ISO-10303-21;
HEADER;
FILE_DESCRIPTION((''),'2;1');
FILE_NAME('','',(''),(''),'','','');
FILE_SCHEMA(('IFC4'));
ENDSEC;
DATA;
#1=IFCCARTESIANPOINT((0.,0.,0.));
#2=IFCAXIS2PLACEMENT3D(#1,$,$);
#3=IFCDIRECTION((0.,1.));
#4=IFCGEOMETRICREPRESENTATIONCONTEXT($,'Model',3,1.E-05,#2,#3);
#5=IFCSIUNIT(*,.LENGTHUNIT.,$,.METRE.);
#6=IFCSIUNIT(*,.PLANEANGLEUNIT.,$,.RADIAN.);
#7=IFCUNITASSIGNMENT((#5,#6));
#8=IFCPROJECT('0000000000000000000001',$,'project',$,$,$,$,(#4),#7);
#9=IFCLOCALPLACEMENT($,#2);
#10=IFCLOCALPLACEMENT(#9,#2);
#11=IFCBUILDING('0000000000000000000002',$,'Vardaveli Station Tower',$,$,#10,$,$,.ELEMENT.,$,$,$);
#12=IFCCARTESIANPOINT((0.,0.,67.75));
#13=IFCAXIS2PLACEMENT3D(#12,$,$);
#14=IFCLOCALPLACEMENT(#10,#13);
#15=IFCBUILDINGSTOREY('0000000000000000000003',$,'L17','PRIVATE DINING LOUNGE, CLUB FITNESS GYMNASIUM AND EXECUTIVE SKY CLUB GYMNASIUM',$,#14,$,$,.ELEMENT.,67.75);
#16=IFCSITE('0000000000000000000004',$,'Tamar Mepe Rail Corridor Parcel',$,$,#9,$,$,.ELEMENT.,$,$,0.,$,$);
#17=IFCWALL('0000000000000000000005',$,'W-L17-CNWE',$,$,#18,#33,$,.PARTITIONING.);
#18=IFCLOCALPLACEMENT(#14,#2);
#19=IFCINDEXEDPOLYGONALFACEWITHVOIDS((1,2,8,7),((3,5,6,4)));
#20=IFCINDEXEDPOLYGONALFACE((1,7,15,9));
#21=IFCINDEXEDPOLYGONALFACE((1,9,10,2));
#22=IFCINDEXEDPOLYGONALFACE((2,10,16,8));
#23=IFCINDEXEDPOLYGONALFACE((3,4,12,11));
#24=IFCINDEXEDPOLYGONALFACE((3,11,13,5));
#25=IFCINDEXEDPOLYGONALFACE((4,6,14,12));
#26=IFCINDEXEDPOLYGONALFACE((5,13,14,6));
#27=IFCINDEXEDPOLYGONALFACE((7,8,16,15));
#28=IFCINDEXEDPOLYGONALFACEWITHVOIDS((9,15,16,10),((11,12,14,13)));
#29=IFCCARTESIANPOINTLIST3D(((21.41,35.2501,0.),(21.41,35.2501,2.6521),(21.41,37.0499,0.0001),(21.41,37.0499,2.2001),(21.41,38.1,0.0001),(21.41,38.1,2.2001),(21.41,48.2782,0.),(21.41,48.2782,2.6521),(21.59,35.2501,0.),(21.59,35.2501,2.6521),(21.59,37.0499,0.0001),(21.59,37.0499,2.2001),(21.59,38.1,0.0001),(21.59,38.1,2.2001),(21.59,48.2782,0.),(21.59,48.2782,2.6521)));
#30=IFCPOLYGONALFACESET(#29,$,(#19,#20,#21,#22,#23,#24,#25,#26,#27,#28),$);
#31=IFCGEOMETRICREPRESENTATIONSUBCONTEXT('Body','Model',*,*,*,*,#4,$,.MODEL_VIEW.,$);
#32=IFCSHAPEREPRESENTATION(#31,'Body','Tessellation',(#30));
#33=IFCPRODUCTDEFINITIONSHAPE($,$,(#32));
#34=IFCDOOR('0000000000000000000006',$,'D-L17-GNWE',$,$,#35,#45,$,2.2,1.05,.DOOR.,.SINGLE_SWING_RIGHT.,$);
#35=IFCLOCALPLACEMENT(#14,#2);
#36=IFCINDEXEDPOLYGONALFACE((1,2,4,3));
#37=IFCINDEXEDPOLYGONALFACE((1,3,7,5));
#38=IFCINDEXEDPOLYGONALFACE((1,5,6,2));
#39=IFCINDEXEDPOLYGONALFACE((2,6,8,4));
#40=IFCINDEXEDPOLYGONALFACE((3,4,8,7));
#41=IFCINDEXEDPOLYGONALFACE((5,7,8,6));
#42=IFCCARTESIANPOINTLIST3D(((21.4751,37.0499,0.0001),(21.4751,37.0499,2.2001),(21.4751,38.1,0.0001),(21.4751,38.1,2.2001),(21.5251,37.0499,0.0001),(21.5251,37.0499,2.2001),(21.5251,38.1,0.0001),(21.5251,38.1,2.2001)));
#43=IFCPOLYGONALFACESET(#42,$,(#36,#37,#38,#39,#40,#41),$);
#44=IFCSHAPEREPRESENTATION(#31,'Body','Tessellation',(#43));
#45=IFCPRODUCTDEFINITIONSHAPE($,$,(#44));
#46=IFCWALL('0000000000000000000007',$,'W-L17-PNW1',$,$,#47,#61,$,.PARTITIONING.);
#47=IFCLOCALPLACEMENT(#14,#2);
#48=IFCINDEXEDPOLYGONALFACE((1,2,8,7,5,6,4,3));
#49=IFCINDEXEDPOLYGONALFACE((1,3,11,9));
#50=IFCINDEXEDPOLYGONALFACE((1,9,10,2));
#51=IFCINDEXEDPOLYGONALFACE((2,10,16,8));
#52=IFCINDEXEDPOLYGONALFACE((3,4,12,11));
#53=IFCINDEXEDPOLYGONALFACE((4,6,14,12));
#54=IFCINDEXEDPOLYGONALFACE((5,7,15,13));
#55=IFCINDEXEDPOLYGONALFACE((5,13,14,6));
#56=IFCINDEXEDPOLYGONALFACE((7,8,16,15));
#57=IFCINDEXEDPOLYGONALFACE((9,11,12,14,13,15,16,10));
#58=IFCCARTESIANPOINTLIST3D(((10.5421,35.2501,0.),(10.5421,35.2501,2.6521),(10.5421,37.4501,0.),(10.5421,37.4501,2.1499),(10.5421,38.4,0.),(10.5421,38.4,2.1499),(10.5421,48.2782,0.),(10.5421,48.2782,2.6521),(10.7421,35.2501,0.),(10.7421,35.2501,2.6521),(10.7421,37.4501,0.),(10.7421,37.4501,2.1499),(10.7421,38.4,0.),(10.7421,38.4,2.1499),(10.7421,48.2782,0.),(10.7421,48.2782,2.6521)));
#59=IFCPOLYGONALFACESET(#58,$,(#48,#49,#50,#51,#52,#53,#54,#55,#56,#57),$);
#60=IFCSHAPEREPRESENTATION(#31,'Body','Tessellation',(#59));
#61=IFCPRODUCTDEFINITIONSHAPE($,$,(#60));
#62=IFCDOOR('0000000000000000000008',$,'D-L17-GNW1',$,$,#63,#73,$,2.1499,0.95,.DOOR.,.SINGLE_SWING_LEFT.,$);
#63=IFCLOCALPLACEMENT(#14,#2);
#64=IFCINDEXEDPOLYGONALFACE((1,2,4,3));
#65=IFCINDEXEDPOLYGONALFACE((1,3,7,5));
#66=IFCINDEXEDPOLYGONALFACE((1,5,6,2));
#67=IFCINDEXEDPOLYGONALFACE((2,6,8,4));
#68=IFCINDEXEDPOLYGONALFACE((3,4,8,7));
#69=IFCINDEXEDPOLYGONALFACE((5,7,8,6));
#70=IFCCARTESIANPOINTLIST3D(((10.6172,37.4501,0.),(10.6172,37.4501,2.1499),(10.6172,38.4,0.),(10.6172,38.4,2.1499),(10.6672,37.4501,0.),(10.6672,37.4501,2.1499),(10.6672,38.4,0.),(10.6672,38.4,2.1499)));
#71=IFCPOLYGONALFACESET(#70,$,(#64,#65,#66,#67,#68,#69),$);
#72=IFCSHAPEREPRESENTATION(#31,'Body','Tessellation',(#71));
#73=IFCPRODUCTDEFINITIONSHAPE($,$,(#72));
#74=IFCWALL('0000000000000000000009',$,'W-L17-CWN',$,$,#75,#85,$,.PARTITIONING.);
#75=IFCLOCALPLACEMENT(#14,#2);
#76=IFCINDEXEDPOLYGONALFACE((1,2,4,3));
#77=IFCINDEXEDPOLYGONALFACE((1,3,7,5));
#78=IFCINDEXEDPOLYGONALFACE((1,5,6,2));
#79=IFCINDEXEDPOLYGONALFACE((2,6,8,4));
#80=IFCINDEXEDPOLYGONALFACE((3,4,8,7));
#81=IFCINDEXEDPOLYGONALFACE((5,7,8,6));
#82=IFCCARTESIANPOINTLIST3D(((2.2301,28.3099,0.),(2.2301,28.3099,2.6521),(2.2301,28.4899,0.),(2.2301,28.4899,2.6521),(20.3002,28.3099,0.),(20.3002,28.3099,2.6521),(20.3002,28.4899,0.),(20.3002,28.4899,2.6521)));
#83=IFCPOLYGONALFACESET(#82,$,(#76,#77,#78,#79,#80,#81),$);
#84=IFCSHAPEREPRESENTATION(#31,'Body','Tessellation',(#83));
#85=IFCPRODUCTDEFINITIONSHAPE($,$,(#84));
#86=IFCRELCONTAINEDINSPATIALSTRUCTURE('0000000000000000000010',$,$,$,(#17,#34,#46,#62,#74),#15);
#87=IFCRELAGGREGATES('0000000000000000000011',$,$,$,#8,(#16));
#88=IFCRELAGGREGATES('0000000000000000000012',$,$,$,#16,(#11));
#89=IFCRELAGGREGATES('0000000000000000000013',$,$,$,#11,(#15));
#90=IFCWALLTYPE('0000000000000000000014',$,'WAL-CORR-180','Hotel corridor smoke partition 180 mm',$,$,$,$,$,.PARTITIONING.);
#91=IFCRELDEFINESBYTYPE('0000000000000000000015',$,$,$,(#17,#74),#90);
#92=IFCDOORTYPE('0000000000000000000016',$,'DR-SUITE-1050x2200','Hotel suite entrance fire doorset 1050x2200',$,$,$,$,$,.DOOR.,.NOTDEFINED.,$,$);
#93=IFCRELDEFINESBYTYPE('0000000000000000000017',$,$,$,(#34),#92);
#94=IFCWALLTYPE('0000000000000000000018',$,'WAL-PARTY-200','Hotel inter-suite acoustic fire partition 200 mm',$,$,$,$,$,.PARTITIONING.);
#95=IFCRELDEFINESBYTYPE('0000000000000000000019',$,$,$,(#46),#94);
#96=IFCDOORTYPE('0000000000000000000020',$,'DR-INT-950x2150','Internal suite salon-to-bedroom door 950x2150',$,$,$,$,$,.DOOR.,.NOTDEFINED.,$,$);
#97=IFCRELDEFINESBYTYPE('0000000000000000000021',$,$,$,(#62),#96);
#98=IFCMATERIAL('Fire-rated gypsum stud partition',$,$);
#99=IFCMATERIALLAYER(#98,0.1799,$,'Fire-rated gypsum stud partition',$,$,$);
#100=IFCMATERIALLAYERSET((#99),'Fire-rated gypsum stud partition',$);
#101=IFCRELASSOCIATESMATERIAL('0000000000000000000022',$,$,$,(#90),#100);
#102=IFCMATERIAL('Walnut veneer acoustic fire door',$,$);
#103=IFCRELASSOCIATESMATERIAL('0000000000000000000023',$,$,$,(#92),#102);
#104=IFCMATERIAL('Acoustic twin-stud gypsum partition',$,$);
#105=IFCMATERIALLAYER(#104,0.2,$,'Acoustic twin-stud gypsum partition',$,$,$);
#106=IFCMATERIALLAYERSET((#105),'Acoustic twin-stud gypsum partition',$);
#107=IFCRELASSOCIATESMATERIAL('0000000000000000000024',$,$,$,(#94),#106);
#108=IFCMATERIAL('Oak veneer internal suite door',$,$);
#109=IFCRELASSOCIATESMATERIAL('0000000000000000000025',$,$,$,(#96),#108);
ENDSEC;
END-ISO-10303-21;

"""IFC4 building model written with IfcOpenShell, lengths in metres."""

from ifc_helpers import new_model, si_unit, direction, frame, frame_2d, origin, place, context, subcontext, project, spatial, rectangle, extrude, source, transform, mapped, material, layer, layer_set, type_object, element, fill, save


model = new_model("IFC4")

# Units and contexts
model_context = context("Model", 3, precision=1e-05, world=origin(), true_north=direction((0.0, 1.0)))
body_context = subcontext(model_context, "Body", "Model", "MODEL_VIEW")
ifc_project = project(units=[si_unit("LENGTHUNIT", "METRE"), si_unit("PLANEANGLEUNIT", "RADIAN")], contexts=[model_context])

# Site, building, storey
site_placement = place(None, origin())
site = spatial("IfcSite", under=ifc_project, at=site_placement, Name="Tamar Mepe Rail Corridor Parcel", CompositionType="ELEMENT", RefElevation=0.0)
building_placement = place(site_placement, origin())
building = spatial("IfcBuilding", under=site, at=building_placement, Name="Vardaveli Station Tower", CompositionType="ELEMENT")
storey_placement = place(building_placement, frame((0.0, 0.0, 67.75)))
storey = spatial("IfcBuildingStorey", under=building, at=storey_placement, Name="L17", Description="PRIVATE DINING LOUNGE, CLUB FITNESS GYMNASIUM AND EXECUTIVE SKY CLUB GYMNASIUM", CompositionType="ELEMENT", Elevation=67.75)

# Walls, openings, doors
ifc_material_1 = material(Name="Fire-rated gypsum stud partition")
ifc_layer_1 = layer(ifc_material_1, 0.1799, Name="Fire-rated gypsum stud partition")
ifc_layer_set_1 = layer_set([ifc_layer_1], Name="Fire-rated gypsum stud partition")
wall_type_1 = type_object("IfcWallType", Name="WAL-CORR-180", Description="Hotel corridor smoke partition 180 mm", PredefinedType="PARTITIONING", material=ifc_layer_set_1)
shared_shape_1 = source(origin(), body_context, "Body", "SweptSolid", [
    extrude(rectangle(XDim=1.05, YDim=2.2, at=frame_2d((0.5249, 1.1001))), frame((0.0, 0.1001, 0.0), z_axis=(0.0, -1.0, 0.0), x_axis=(1.0, 0.0, 0.0)), (0.0, 0.0, 1.0), 0.2),
])
ifc_material_2 = material(Name="Walnut veneer acoustic fire door")
door_type_1 = type_object("IfcDoorType", Name="DR-SUITE-1050x2200", Description="Hotel suite entrance fire doorset 1050x2200", OperationType="NOTDEFINED", PredefinedType="DOOR", material=ifc_material_2)
shared_shape_2 = source(origin(), body_context, "Body", "SweptSolid", [
    extrude(rectangle(XDim=1.05, YDim=2.2, at=frame_2d((0.5249, 1.1001))), frame((0.0, 0.0249, 0.0), z_axis=(0.0, -1.0, 0.0), x_axis=(1.0, 0.0, 0.0)), (0.0, 0.0, 1.0), 0.05),
])
shared_shape_3 = source(origin(), body_context, "Body", "SweptSolid", [
    extrude(rectangle(XDim=13.0281, YDim=0.1799, at=frame_2d((6.5142, 0.0))), origin(), (0.0, 0.0, 1.0), 2.6521),
])
wall_1_placement = place(storey_placement, frame((21.5, 35.25, 0.0), z_axis=(0.0, 0.0, 1.0), x_axis=(0.0, 1.0, 0.0)))
wall_1 = element("IfcWall", 1, at=wall_1_placement, inside=storey, type_object=wall_type_1, Name="W-L17-CNWE", PredefinedType="PARTITIONING", context=body_context, shape_type="MappedRepresentation", body=[
    mapped(shared_shape_3, transform((0.0, 0.0, 0.0), scale=1.0)),
])
opening_1_placement = place(wall_1_placement, frame((1.8, 0.0, 0.0)))
opening_1 = element("IfcOpeningElement", 2, at=opening_1_placement, cuts=wall_1, PredefinedType="OPENING", context=body_context, shape_type="MappedRepresentation", body=[
    mapped(shared_shape_1, transform((0.0, 0.0, 0.0), scale=1.0)),
])
door_1_placement = place(opening_1_placement, origin())
door_1 = element("IfcDoor", 3, at=door_1_placement, inside=storey, type_object=door_type_1, Name="D-L17-GNWE", OperationType="SINGLE_SWING_RIGHT", OverallHeight=2.2, OverallWidth=1.05, PredefinedType="DOOR", context=body_context, shape_type="MappedRepresentation", body=[
    mapped(shared_shape_2, transform((0.0, 0.0, 0.0), scale=1.0)),
])
fill(opening_1, door_1)
ifc_material_3 = material(Name="Acoustic twin-stud gypsum partition")
ifc_layer_2 = layer(ifc_material_3, 0.2, Name="Acoustic twin-stud gypsum partition")
ifc_layer_set_2 = layer_set([ifc_layer_2], Name="Acoustic twin-stud gypsum partition")
wall_type_2 = type_object("IfcWallType", Name="WAL-PARTY-200", Description="Hotel inter-suite acoustic fire partition 200 mm", PredefinedType="PARTITIONING", material=ifc_layer_set_2)
shared_shape_4 = source(origin(), body_context, "Body", "SweptSolid", [
    extrude(rectangle(XDim=13.0281, YDim=0.2, at=frame_2d((6.5142, 0.0))), origin(), (0.0, 0.0, 1.0), 2.6521),
])
wall_2_placement = place(storey_placement, frame((10.6421, 35.25, 0.0), z_axis=(0.0, 0.0, 1.0), x_axis=(0.0, 1.0, 0.0)))
wall_2 = element("IfcWall", 4, at=wall_2_placement, inside=storey, type_object=wall_type_2, Name="W-L17-PNW1", PredefinedType="PARTITIONING", context=body_context, shape_type="MappedRepresentation", body=[
    mapped(shared_shape_4, transform((0.0, 0.0, 0.0), scale=1.0)),
])
shared_shape_5 = source(origin(), body_context, "Body", "SweptSolid", [
    extrude(rectangle(XDim=0.95, YDim=2.1499, at=frame_2d((0.4751, 1.075))), frame((0.0, 0.1099, 0.0), z_axis=(0.0, -1.0, 0.0), x_axis=(1.0, 0.0, 0.0)), (0.0, 0.0, 1.0), 0.22),
])
opening_2_placement = place(wall_2_placement, frame((2.2, 0.0, 0.0)))
opening_2 = element("IfcOpeningElement", 5, at=opening_2_placement, cuts=wall_2, PredefinedType="OPENING", context=body_context, shape_type="MappedRepresentation", body=[
    mapped(shared_shape_5, transform((0.0, 0.0, 0.0), scale=1.0)),
])
ifc_material_4 = material(Name="Oak veneer internal suite door")
door_type_2 = type_object("IfcDoorType", Name="DR-INT-950x2150", Description="Internal suite salon-to-bedroom door 950x2150", OperationType="NOTDEFINED", PredefinedType="DOOR", material=ifc_material_4)
shared_shape_6 = source(origin(), body_context, "Body", "SweptSolid", [
    extrude(rectangle(XDim=0.95, YDim=2.1499, at=frame_2d((0.4751, 1.075))), frame((0.0, 0.0249, 0.0), z_axis=(0.0, -1.0, 0.0), x_axis=(1.0, 0.0, 0.0)), (0.0, 0.0, 1.0), 0.05),
])
door_2_placement = place(opening_2_placement, origin())
door_2 = element("IfcDoor", 6, at=door_2_placement, inside=storey, type_object=door_type_2, Name="D-L17-GNW1", OperationType="SINGLE_SWING_LEFT", OverallHeight=2.1499, OverallWidth=0.95, PredefinedType="DOOR", context=body_context, shape_type="MappedRepresentation", body=[
    mapped(shared_shape_6, transform((0.0, 0.0, 0.0), scale=1.0)),
])
fill(opening_2, door_2)

# Wall
shared_shape_7 = source(origin(), body_context, "Body", "SweptSolid", [
    extrude(rectangle(XDim=18.0701, YDim=0.1799, at=frame_2d((9.0352, 0.0))), origin(), (0.0, 0.0, 1.0), 2.6521),
])
wall_3_placement = place(storey_placement, frame((2.23, 28.3999, 0.0), z_axis=(0.0, 0.0, 1.0), x_axis=(1.0, 0.0, 0.0)))
element("IfcWall", 7, at=wall_3_placement, inside=storey, type_object=wall_type_1, Name="W-L17-CWN", PredefinedType="PARTITIONING", context=body_context, shape_type="MappedRepresentation", body=[
    mapped(shared_shape_7, transform((0.0, 0.0, 0.0), scale=1.0)),
])

save(model, "model.ifc")
